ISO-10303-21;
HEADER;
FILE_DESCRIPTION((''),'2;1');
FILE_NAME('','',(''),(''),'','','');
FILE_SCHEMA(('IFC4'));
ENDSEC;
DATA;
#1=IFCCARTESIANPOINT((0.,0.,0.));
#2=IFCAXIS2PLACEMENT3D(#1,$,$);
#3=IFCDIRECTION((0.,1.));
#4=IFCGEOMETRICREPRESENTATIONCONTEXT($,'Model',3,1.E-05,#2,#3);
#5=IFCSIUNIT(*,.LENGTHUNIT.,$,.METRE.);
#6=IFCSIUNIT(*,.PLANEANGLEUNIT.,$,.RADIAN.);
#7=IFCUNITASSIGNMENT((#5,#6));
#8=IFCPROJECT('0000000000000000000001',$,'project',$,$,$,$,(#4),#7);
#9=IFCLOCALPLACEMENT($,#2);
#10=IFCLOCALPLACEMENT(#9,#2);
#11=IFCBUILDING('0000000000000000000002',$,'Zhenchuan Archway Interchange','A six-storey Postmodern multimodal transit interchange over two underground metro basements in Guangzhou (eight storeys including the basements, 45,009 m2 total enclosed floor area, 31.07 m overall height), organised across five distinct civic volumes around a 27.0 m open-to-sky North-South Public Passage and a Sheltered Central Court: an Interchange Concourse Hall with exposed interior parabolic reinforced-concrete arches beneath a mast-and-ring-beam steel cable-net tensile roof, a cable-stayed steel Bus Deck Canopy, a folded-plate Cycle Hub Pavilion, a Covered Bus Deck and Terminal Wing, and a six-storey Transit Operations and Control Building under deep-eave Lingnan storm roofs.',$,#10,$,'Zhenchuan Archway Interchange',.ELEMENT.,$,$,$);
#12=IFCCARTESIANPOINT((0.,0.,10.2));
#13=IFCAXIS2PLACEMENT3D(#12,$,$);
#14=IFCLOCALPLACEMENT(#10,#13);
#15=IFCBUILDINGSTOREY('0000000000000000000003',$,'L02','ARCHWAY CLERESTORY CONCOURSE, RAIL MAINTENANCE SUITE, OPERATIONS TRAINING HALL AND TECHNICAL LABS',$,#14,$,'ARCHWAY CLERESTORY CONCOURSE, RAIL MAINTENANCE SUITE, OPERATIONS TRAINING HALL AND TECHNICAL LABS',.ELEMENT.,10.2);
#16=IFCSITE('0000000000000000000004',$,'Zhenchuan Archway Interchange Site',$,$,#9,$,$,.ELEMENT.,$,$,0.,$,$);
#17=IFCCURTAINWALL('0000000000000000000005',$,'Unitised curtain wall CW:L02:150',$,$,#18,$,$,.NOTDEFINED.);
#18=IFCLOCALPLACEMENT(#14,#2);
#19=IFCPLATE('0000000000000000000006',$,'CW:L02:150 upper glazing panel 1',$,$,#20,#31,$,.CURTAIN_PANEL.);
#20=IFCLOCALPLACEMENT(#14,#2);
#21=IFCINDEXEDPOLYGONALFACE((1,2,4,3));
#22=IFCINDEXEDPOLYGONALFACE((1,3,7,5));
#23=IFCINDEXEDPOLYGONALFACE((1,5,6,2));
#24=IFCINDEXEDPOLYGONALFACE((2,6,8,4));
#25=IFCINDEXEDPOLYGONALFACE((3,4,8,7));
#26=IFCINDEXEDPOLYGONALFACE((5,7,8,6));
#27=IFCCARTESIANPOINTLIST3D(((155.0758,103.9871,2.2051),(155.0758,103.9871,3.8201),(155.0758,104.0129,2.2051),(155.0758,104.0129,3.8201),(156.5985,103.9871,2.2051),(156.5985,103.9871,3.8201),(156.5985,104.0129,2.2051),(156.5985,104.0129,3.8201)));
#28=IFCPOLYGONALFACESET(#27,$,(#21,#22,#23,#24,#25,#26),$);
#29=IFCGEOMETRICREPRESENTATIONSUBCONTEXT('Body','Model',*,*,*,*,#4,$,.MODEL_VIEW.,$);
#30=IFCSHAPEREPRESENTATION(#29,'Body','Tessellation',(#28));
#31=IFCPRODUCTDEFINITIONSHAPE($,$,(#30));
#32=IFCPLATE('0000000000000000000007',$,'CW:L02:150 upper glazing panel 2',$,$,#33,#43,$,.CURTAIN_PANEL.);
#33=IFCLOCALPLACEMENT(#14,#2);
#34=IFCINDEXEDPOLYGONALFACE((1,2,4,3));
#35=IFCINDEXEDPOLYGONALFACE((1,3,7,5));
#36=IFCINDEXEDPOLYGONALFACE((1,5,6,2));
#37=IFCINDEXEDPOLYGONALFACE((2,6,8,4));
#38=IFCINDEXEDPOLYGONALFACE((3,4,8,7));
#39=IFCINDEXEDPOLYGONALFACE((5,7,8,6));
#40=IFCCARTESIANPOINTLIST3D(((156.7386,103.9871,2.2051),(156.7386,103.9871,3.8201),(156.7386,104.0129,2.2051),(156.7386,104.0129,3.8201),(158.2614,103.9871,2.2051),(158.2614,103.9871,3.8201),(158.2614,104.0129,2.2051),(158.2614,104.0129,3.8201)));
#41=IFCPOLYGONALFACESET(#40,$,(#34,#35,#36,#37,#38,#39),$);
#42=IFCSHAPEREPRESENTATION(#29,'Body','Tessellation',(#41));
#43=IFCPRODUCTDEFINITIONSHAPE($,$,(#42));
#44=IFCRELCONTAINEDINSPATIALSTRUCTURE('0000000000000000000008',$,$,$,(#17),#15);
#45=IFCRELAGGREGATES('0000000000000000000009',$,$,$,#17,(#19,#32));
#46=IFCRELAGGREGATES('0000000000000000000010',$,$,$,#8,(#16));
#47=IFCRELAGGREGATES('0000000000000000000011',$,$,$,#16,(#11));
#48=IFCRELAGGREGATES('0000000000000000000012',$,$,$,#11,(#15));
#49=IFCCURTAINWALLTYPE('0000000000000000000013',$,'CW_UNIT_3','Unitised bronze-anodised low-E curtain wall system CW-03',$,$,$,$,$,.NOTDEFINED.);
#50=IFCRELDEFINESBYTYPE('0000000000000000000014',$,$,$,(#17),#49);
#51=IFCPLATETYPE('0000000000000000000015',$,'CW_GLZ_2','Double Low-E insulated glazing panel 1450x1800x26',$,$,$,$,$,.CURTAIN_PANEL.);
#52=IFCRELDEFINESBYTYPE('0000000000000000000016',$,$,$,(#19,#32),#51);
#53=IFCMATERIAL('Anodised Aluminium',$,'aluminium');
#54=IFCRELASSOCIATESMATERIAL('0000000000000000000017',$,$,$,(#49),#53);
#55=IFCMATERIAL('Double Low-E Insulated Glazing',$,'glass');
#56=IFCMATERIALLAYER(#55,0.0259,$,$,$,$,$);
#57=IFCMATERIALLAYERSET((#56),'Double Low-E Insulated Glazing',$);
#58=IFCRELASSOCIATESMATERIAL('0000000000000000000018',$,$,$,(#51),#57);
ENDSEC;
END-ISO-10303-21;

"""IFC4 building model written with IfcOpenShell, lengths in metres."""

from ifc_helpers import new_model, si_unit, direction, frame, origin, origin_2d, place, context, subcontext, project, spatial, rectangle, extrude, material, layer, layer_set, type_object, element, aggregate, save


model = new_model("IFC4")

# Units and contexts
model_context = context("Model", 3, precision=1e-05, world=origin(), true_north=direction((0.0, 1.0)))
body_context = subcontext(model_context, "Body", "Model", "MODEL_VIEW")
ifc_project = project(units=[si_unit("LENGTHUNIT", "METRE"), si_unit("PLANEANGLEUNIT", "RADIAN")], contexts=[model_context])

# Site, building, storey
site_placement = place(None, origin())
site = spatial("IfcSite", under=ifc_project, at=site_placement, Name="Zhenchuan Archway Interchange Site", CompositionType="ELEMENT", RefElevation=0.0)
building_placement = place(site_placement, origin())
building = spatial("IfcBuilding", under=site, at=building_placement, Name="Zhenchuan Archway Interchange", Description="A six-storey Postmodern multimodal transit interchange over two underground metro basements in Guangzhou (eight storeys including the basements, 45,009 m2 total enclosed floor area, 31.07 m overall height), organised across five distinct civic volumes around a 27.0 m open-to-sky North-South Public Passage and a Sheltered Central Court: an Interchange Concourse Hall with exposed interior parabolic reinforced-concrete arches beneath a mast-and-ring-beam steel cable-net tensile roof, a cable-stayed steel Bus Deck Canopy, a folded-plate Cycle Hub Pavilion, a Covered Bus Deck and Terminal Wing, and a six-storey Transit Operations and Control Building under deep-eave Lingnan storm roofs.", LongName="Zhenchuan Archway Interchange", CompositionType="ELEMENT")
storey_placement = place(building_placement, frame((0.0, 0.0, 10.2)))
storey = spatial("IfcBuildingStorey", under=building, at=storey_placement, Name="L02", Description="ARCHWAY CLERESTORY CONCOURSE, RAIL MAINTENANCE SUITE, OPERATIONS TRAINING HALL AND TECHNICAL LABS", LongName="ARCHWAY CLERESTORY CONCOURSE, RAIL MAINTENANCE SUITE, OPERATIONS TRAINING HALL AND TECHNICAL LABS", CompositionType="ELEMENT", Elevation=10.2)

# Curtain wall
ifc_material_1 = material(Name="Anodised Aluminium", Category="aluminium")
curtain_wall_type = type_object("IfcCurtainWallType", Name="CW_UNIT_3", Description="Unitised bronze-anodised low-E curtain wall system CW-03", PredefinedType="NOTDEFINED", material=ifc_material_1)
curtain_wall_placement = place(storey_placement, origin())
curtain_wall = element("IfcCurtainWall", 1, at=curtain_wall_placement, inside=storey, type_object=curtain_wall_type, Name="Unitised curtain wall CW:L02:150", PredefinedType="NOTDEFINED")

# Plates
ifc_material_2 = material(Name="Double Low-E Insulated Glazing", Category="glass")
ifc_layer_1 = layer(ifc_material_2, 0.0259)
ifc_layer_set_1 = layer_set([ifc_layer_1], Name="Double Low-E Insulated Glazing")
plate_type_1 = type_object("IfcPlateType", Name="CW_GLZ_2", Description="Double Low-E insulated glazing panel 1450x1800x26", PredefinedType="CURTAIN_PANEL", material=ifc_layer_set_1)
plate_1_placement = place(storey_placement, frame((155.8372, 104.0, 2.2051), z_axis=(0.0, 0.0, 1.0), x_axis=(1.0, 0.0, 0.0)))
plate_1 = element("IfcPlate", 2, at=plate_1_placement, type_object=plate_type_1, Name="CW:L02:150 upper glazing panel 1", PredefinedType="CURTAIN_PANEL", context=body_context, shape_type="SweptSolid", body=[
    extrude(rectangle(XDim=1.5227, YDim=0.0259, at=origin_2d()), origin(), (0.0, 0.0, 1.0), 1.615),
])
plate_2_placement = place(storey_placement, frame((157.5, 104.0, 2.2051), z_axis=(0.0, 0.0, 1.0), x_axis=(1.0, 0.0, 0.0)))
plate_2 = element("IfcPlate", 3, at=plate_2_placement, type_object=plate_type_1, Name="CW:L02:150 upper glazing panel 2", PredefinedType="CURTAIN_PANEL", context=body_context, shape_type="SweptSolid", body=[
    extrude(rectangle(XDim=1.5227, YDim=0.0259, at=origin_2d()), origin(), (0.0, 0.0, 1.0), 1.615),
])
aggregate(curtain_wall, [plate_1, plate_2])

save(model, "model.ifc")
